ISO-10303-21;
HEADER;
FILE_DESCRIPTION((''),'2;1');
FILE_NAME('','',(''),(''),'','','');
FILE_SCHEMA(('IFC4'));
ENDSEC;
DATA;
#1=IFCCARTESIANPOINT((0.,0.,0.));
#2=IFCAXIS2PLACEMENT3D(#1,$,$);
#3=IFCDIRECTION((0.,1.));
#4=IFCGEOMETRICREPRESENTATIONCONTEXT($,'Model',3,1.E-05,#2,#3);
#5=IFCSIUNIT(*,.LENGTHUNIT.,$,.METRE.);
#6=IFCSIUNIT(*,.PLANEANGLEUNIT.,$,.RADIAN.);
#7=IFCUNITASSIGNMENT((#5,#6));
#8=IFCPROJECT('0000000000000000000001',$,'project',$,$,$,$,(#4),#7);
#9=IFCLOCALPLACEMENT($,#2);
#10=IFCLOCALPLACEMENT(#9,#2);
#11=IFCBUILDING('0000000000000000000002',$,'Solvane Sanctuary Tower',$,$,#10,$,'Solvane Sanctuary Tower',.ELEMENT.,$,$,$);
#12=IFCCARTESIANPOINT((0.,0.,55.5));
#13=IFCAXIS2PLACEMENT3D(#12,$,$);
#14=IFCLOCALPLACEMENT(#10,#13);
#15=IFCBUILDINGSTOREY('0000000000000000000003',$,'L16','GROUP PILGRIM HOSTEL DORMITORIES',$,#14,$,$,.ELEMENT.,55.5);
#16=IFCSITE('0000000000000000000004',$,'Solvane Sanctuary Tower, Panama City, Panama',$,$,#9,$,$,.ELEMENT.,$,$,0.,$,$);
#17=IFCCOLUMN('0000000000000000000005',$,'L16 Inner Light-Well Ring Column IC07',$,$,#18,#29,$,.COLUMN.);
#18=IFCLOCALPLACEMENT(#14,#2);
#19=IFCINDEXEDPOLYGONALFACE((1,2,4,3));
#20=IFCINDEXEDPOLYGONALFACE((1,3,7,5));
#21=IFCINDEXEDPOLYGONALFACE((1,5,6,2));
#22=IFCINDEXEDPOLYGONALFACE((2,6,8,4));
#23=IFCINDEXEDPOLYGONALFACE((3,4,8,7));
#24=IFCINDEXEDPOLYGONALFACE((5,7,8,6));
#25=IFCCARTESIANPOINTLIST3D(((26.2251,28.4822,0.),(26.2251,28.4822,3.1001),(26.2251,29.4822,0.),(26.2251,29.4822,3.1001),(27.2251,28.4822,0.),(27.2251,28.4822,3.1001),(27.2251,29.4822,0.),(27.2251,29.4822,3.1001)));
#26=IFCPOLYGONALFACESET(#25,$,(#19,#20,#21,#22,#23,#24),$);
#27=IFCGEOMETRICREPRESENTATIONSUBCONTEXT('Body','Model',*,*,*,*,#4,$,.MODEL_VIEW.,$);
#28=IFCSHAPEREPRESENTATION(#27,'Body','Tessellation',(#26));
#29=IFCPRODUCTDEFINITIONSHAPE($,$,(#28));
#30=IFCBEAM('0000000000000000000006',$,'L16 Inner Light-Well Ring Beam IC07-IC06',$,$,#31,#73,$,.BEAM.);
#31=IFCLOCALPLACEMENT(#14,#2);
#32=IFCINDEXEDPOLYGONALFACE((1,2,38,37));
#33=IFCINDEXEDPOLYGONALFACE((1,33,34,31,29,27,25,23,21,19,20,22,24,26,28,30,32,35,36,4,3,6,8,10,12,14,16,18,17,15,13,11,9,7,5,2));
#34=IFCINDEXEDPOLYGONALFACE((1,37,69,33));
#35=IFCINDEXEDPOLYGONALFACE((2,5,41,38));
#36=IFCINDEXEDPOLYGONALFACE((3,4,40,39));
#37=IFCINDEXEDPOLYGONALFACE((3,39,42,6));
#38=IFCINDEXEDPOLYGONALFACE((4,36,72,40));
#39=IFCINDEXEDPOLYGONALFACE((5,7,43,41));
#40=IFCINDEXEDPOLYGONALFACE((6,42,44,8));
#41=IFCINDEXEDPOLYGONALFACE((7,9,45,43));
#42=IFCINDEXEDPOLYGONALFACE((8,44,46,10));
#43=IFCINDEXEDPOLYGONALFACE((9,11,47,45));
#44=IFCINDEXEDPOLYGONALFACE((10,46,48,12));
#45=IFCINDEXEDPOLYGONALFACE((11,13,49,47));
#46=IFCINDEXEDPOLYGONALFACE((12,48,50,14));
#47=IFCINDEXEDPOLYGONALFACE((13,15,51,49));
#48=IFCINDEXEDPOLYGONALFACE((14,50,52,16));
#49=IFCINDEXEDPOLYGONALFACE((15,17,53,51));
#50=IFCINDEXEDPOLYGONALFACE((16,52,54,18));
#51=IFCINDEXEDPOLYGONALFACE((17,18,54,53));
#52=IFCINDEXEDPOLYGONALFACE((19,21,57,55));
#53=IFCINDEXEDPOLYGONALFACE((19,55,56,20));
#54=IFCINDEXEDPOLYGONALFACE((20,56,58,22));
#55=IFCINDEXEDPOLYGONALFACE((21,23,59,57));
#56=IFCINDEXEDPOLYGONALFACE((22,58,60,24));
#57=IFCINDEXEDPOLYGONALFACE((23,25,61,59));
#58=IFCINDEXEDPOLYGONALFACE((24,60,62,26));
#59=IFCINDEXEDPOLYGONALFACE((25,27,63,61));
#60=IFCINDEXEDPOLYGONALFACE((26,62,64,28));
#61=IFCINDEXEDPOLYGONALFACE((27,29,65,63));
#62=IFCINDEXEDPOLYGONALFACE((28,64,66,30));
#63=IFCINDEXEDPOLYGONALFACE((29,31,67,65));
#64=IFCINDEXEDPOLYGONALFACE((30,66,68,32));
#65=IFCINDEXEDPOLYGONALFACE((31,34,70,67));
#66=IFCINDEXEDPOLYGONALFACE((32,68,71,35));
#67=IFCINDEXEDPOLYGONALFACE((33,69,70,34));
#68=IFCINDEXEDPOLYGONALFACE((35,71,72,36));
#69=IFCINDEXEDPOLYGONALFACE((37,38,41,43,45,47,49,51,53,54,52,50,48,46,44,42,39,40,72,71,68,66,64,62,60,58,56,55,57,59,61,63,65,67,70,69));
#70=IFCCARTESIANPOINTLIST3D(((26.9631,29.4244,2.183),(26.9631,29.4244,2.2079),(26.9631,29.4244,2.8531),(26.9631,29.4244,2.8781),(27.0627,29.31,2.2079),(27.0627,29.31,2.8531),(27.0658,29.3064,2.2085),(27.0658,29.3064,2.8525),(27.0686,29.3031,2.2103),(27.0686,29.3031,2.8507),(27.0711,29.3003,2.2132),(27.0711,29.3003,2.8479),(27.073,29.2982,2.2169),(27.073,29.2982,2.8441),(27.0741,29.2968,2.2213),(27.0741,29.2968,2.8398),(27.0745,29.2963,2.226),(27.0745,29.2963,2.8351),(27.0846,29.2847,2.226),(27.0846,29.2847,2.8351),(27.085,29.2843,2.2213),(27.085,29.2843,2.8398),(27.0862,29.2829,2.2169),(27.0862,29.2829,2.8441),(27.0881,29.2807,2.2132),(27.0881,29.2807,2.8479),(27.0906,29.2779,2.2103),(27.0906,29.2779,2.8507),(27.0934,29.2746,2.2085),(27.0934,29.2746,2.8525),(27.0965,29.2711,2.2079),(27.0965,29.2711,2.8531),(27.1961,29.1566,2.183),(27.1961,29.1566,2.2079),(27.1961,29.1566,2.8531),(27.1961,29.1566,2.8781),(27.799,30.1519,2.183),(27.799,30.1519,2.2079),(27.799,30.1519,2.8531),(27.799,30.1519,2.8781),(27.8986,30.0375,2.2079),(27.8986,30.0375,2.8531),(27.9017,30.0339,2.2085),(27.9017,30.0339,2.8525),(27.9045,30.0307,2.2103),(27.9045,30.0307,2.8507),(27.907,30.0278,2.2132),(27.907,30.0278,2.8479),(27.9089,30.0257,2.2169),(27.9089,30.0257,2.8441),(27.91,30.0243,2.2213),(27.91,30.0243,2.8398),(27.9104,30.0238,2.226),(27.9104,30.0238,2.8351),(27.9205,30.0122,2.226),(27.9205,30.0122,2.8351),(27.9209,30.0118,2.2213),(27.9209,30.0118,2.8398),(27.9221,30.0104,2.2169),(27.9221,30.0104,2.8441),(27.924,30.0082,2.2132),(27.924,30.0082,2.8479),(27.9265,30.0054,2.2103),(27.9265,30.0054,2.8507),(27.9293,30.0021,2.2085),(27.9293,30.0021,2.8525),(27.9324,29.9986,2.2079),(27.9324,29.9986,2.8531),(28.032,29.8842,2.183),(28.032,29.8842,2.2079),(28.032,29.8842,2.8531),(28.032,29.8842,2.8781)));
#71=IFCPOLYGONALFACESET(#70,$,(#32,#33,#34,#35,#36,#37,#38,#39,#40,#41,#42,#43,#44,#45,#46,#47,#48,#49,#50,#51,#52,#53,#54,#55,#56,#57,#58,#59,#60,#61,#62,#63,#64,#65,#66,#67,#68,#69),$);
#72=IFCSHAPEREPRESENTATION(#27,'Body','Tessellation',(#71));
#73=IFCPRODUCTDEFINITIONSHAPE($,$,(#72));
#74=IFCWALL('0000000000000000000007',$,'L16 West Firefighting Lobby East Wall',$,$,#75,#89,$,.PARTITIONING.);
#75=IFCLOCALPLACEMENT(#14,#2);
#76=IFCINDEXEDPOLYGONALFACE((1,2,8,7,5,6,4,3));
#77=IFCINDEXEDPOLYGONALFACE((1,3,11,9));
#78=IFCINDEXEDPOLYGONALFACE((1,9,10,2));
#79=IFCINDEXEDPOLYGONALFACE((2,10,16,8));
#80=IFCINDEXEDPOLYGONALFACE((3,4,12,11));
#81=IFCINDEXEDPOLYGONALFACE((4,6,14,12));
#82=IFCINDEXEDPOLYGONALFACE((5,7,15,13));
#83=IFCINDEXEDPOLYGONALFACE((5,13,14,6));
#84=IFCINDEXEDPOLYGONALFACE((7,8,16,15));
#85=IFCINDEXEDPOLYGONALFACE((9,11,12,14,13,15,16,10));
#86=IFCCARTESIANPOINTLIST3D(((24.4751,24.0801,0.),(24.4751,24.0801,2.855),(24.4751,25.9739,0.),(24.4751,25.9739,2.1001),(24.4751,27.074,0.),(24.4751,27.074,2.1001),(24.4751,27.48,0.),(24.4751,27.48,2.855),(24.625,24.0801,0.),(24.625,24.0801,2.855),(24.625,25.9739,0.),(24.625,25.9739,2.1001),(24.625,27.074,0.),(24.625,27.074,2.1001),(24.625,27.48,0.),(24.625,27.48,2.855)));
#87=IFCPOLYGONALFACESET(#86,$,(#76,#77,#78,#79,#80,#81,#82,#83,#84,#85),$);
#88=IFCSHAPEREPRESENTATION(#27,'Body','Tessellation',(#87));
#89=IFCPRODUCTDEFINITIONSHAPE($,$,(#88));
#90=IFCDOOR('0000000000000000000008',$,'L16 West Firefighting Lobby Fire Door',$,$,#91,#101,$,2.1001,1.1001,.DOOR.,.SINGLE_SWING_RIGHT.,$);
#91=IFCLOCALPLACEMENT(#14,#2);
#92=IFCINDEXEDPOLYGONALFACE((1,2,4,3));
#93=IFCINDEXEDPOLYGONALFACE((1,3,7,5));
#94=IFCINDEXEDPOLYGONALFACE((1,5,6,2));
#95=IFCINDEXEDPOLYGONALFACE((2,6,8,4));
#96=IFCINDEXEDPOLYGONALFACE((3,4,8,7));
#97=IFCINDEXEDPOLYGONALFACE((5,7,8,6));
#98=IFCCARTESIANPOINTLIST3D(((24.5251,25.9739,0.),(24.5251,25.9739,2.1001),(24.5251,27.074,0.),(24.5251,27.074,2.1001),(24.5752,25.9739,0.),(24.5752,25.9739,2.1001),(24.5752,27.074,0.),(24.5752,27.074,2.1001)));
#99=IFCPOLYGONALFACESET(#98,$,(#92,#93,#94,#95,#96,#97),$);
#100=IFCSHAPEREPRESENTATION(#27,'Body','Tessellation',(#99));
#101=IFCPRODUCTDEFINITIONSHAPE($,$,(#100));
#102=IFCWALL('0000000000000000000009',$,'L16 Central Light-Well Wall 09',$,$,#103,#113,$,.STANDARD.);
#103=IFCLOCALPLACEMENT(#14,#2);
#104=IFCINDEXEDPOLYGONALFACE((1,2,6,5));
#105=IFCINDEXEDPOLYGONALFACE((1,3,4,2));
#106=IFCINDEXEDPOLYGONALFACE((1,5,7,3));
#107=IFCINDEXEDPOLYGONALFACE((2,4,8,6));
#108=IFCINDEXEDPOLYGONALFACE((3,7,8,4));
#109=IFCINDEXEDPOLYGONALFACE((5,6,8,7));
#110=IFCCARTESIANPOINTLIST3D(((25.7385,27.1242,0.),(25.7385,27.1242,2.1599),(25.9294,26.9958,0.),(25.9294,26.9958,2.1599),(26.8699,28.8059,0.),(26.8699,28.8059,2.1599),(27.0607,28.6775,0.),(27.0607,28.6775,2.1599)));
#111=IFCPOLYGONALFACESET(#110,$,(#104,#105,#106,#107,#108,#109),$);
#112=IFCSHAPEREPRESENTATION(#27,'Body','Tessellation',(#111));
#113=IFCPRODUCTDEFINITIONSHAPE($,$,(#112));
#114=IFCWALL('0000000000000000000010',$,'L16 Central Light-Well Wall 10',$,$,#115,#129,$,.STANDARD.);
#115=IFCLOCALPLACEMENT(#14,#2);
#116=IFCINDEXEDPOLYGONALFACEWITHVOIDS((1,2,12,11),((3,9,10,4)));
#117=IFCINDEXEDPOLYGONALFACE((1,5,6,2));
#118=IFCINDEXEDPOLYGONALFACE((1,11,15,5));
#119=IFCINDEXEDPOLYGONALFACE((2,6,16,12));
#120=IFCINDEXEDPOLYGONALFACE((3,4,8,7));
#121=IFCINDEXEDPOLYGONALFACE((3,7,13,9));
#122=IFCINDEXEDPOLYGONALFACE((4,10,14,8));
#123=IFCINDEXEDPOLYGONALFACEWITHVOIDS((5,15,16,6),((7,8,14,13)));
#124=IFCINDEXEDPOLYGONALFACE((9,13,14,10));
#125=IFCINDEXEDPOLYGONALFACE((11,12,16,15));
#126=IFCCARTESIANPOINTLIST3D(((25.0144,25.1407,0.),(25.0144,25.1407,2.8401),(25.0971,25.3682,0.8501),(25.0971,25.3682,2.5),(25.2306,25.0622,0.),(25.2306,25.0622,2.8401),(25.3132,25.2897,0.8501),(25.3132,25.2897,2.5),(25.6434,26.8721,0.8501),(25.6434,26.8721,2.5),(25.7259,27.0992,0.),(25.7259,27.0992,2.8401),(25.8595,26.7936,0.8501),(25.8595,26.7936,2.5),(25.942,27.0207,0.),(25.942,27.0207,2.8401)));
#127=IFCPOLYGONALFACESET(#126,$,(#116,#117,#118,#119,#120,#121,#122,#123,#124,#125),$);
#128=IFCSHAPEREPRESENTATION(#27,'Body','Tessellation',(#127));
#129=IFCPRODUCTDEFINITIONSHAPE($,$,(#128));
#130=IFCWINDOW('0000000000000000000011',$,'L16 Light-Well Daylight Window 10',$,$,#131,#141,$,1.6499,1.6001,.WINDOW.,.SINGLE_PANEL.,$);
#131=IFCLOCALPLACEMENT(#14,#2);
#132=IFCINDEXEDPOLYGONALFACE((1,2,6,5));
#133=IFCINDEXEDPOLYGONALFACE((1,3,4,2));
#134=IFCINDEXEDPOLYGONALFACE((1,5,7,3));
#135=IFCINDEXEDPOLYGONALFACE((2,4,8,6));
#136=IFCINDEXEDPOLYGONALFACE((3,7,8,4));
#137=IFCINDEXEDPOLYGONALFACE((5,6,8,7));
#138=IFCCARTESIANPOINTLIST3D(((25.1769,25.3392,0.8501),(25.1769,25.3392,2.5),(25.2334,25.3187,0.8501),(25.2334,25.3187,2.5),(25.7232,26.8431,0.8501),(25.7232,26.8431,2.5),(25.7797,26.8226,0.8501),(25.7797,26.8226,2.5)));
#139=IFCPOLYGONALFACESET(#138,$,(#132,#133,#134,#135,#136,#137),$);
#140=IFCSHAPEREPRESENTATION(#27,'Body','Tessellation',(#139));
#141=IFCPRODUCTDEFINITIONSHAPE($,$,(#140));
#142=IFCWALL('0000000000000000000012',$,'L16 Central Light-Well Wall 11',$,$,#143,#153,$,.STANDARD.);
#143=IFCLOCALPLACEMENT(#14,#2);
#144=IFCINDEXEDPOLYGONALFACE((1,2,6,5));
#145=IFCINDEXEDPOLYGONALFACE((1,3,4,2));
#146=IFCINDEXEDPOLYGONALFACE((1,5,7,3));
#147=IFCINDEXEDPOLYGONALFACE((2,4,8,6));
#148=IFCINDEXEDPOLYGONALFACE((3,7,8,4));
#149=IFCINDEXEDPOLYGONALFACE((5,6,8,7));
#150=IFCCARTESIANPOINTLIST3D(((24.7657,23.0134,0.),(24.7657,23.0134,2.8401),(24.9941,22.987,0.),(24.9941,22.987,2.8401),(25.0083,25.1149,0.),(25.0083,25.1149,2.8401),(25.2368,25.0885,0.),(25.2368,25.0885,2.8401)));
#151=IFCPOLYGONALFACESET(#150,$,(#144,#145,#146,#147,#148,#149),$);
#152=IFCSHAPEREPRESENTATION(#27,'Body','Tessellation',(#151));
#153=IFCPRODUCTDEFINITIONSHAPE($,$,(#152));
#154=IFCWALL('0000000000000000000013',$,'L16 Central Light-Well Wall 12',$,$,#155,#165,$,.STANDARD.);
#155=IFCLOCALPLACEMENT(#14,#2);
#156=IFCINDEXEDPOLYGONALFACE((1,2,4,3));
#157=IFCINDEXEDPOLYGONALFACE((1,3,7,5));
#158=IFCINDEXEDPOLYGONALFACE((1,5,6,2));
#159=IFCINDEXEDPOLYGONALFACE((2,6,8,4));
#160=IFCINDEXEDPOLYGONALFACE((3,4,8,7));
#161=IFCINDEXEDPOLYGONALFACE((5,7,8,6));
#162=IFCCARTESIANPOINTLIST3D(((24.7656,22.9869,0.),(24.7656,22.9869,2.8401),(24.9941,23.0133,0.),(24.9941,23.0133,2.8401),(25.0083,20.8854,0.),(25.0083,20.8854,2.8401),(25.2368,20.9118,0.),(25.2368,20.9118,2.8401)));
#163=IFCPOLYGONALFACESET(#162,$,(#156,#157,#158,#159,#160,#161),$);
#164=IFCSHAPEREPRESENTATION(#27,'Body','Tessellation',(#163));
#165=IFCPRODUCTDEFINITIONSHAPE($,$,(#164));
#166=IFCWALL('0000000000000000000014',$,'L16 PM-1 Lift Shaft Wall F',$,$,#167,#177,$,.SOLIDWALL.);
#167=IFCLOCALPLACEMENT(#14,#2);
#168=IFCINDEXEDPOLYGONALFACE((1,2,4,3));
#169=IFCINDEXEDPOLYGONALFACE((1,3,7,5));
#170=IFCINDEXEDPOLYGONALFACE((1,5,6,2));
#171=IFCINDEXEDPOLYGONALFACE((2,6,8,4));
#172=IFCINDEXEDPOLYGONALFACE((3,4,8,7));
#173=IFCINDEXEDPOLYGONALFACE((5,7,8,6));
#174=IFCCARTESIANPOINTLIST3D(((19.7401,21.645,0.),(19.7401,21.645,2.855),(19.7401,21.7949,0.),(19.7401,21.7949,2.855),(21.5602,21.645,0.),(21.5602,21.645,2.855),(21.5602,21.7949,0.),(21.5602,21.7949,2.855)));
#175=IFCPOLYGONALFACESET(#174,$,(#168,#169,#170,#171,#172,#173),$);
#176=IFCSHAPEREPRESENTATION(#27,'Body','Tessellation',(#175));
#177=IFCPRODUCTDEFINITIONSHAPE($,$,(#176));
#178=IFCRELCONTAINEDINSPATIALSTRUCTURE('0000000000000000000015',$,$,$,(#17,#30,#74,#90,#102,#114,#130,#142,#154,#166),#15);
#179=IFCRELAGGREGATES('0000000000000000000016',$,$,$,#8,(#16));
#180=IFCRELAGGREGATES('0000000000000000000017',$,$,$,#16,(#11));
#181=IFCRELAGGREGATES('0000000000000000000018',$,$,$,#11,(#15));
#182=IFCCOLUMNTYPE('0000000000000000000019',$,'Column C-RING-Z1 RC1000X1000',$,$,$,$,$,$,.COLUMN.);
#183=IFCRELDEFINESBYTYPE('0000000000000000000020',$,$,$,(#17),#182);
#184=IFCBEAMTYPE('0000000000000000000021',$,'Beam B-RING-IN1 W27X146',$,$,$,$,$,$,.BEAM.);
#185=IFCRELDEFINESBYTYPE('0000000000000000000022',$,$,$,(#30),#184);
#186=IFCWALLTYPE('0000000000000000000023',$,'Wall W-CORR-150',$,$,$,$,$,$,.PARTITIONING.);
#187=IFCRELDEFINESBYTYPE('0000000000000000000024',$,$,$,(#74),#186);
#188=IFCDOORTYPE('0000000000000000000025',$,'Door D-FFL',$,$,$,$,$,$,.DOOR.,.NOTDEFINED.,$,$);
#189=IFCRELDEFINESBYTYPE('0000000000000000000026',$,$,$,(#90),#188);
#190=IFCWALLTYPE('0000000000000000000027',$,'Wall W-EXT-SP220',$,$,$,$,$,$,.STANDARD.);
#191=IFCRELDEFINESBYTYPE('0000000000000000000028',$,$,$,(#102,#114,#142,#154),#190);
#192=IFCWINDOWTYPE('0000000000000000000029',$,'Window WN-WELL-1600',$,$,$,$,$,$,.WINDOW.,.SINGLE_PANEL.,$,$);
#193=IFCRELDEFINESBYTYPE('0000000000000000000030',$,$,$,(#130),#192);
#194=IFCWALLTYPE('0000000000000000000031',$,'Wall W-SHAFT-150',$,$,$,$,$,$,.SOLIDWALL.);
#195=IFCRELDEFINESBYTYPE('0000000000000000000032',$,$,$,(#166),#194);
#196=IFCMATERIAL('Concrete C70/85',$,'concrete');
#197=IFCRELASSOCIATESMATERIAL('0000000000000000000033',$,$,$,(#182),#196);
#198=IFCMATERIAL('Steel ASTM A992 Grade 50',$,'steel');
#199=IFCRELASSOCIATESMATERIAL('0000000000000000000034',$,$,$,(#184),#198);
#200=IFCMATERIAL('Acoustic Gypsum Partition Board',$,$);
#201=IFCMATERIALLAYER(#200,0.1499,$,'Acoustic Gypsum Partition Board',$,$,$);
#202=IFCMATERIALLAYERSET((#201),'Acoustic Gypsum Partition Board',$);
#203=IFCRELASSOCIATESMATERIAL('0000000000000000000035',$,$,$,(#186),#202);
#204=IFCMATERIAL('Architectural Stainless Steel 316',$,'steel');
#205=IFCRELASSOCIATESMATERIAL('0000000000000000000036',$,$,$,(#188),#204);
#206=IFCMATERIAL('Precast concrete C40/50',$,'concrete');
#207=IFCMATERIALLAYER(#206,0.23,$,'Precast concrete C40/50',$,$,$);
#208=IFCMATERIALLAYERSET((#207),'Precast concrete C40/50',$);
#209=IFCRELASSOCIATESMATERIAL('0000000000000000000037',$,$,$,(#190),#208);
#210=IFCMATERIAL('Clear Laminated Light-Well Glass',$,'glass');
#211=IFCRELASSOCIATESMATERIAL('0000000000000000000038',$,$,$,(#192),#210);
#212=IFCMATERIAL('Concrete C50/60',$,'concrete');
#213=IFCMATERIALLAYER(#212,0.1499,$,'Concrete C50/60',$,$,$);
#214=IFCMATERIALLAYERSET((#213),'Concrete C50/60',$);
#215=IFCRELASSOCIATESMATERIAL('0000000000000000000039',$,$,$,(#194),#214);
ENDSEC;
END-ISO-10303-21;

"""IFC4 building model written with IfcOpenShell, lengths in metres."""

from ifc_helpers import new_model, si_unit, direction, frame, frame_2d, origin, origin_2d, place, context, subcontext, project, spatial, rectangle, i_section, extrude, material, layer, layer_set, material_profile, profile_set, type_object, element, fill, save


model = new_model("IFC4")

# Units and contexts
model_context = context("Model", 3, precision=1e-05, world=origin(), true_north=direction((0.0, 1.0)))
body_context = subcontext(model_context, "Body", "Model", "MODEL_VIEW")
ifc_project = project(units=[si_unit("LENGTHUNIT", "METRE"), si_unit("PLANEANGLEUNIT", "RADIAN")], contexts=[model_context])

# Site, building, storey
site_placement = place(None, origin())
site = spatial("IfcSite", under=ifc_project, at=site_placement, Name="Solvane Sanctuary Tower, Panama City, Panama", CompositionType="ELEMENT", RefElevation=0.0)
building_placement = place(site_placement, origin())
building = spatial("IfcBuilding", under=site, at=building_placement, Name="Solvane Sanctuary Tower", LongName="Solvane Sanctuary Tower", CompositionType="ELEMENT")
storey_placement = place(building_placement, frame((0.0, 0.0, 55.5)))
storey = spatial("IfcBuildingStorey", under=building, at=storey_placement, Name="L16", Description="GROUP PILGRIM HOSTEL DORMITORIES", CompositionType="ELEMENT", Elevation=55.5)

# Column
ifc_material_1 = material(Name="Concrete C70/85", Category="concrete")
ifc_material_profile_1 = material_profile(ifc_material_1, rectangle(XDim=1.0, YDim=1.0, at=origin_2d()), Name="RC1000X1000")
ifc_profile_set_1 = profile_set([ifc_material_profile_1], Name="Concrete C70/85")
column_type = type_object("IfcColumnType", Name="Column C-RING-Z1 RC1000X1000", PredefinedType="COLUMN", material=ifc_profile_set_1)
column_placement = place(storey_placement, frame((26.7251, 28.9822, 0.0), z_axis=(0.0, 0.0, 1.0), x_axis=(1.0, 0.0, 0.0)))
element("IfcColumn", 1, at=column_placement, inside=storey, type_object=column_type, Name="L16 Inner Light-Well Ring Column IC07", PredefinedType="COLUMN", context=body_context, shape_type="SweptSolid", body=[
    extrude(rectangle(XDim=1.0, YDim=1.0, at=origin_2d()), origin(), (0.0, 0.0, 1.0), 3.1001),
])

# Beam
ifc_material_2 = material(Name="Steel ASTM A992 Grade 50", Category="steel")
ifc_material_profile_2 = material_profile(ifc_material_2, i_section(OverallWidth=0.355, OverallDepth=0.6951, WebThickness=0.0154, FlangeThickness=0.0249, FilletRadius=0.0181, at=origin_2d()), Name="W27X146")
ifc_profile_set_2 = profile_set([ifc_material_profile_2], Name="Steel ASTM A992 Grade 50")
beam_type = type_object("IfcBeamType", Name="Beam B-RING-IN1 W27X146", PredefinedType="BEAM", material=ifc_profile_set_2)
beam_placement = place(storey_placement, frame((27.0796, 29.2905, 2.5305), z_axis=(0.754321, 0.656506, 0.0), x_axis=(-0.656506, 0.754321, 0.0)))
element("IfcBeam", 2, at=beam_placement, inside=storey, type_object=beam_type, Name="L16 Inner Light-Well Ring Beam IC07-IC06", PredefinedType="BEAM", context=body_context, shape_type="SweptSolid", body=[
    extrude(i_section(OverallWidth=0.355, OverallDepth=0.6951, WebThickness=0.0154, FlangeThickness=0.0249, FilletRadius=0.0181, at=origin_2d()), origin(), (0.0, 0.0, 1.0), 1.1082),
])

# Wall, opening, door
ifc_material_3 = material(Name="Acoustic Gypsum Partition Board")
ifc_layer_1 = layer(ifc_material_3, 0.1499, Name="Acoustic Gypsum Partition Board")
ifc_layer_set_1 = layer_set([ifc_layer_1], Name="Acoustic Gypsum Partition Board")
wall_type_1 = type_object("IfcWallType", Name="Wall W-CORR-150", PredefinedType="PARTITIONING", material=ifc_layer_set_1)
wall_1_placement = place(storey_placement, frame((24.55, 24.0801, 0.0), z_axis=(0.0, 0.0, 1.0), x_axis=(0.0, 1.0, 0.0)))
wall_1 = element("IfcWall", 3, at=wall_1_placement, inside=storey, type_object=wall_type_1, Name="L16 West Firefighting Lobby East Wall", PredefinedType="PARTITIONING", context=body_context, shape_type="SweptSolid", body=[
    extrude(rectangle(XDim=3.3999, YDim=0.1499, at=frame_2d((1.7, 0.0))), origin(), (0.0, 0.0, 1.0), 2.855),
])
opening_1_placement = place(wall_1_placement, frame((1.8938, 0.0, 0.0)))
opening_1 = element("IfcOpeningElement", 4, at=opening_1_placement, cuts=wall_1, PredefinedType="OPENING", context=body_context, shape_type="SweptSolid", body=[
    extrude(rectangle(XDim=1.1001, YDim=2.1001, at=frame_2d((0.55, 1.05))), frame((0.0, 0.085, 0.0), z_axis=(0.0, -1.0, 0.0), x_axis=(1.0, 0.0, 0.0)), (0.0, 0.0, 1.0), 0.1699),
])
ifc_material_4 = material(Name="Architectural Stainless Steel 316", Category="steel")
door_type_1 = type_object("IfcDoorType", Name="Door D-FFL", OperationType="NOTDEFINED", PredefinedType="DOOR", material=ifc_material_4)
door_1_placement = place(opening_1_placement, origin())
door_1 = element("IfcDoor", 5, at=door_1_placement, inside=storey, type_object=door_type_1, Name="L16 West Firefighting Lobby Fire Door", OperationType="SINGLE_SWING_RIGHT", OverallHeight=2.1001, OverallWidth=1.1001, PredefinedType="DOOR", context=body_context, shape_type="SweptSolid", body=[
    extrude(rectangle(XDim=1.1001, YDim=2.1001, at=frame_2d((0.55, 1.05))), frame((0.0, 0.0249, 0.0), z_axis=(0.0, -1.0, 0.0), x_axis=(1.0, 0.0, 0.0)), (0.0, 0.0, 1.0), 0.05),
])
fill(opening_1, door_1)

# Wall
ifc_material_5 = material(Name="Precast concrete C40/50", Category="concrete")
ifc_layer_2 = layer(ifc_material_5, 0.23, Name="Precast concrete C40/50")
ifc_layer_set_2 = layer_set([ifc_layer_2], Name="Precast concrete C40/50")
wall_type_2 = type_object("IfcWallType", Name="Wall W-EXT-SP220", PredefinedType="STANDARD", material=ifc_layer_set_2)
wall_2_placement = place(storey_placement, frame((26.9653, 28.7417, 0.0), z_axis=(0.0, 0.0, 1.0), x_axis=(-0.558198, -0.829708, 0.0)))
element("IfcWall", 6, at=wall_2_placement, inside=storey, type_object=wall_type_2, Name="L16 Central Light-Well Wall 09", PredefinedType="STANDARD", context=body_context, shape_type="SweptSolid", body=[
    extrude(rectangle(XDim=2.0269, YDim=0.23, at=frame_2d((1.0134, 0.0))), origin(), (0.0, 0.0, 1.0), 2.1599),
])

# Wall, opening, window
wall_3_placement = place(storey_placement, frame((25.834, 27.0601, 0.0), z_axis=(0.0, 0.0, 1.0), x_axis=(-0.341423, -0.93991, 0.0)))
wall_3 = element("IfcWall", 7, at=wall_3_placement, inside=storey, type_object=wall_type_2, Name="L16 Central Light-Well Wall 10", PredefinedType="STANDARD", context=body_context, shape_type="SweptSolid", body=[
    extrude(rectangle(XDim=2.0837, YDim=0.23, at=frame_2d((1.042, 0.0))), origin(), (0.0, 0.0, 1.0), 2.8401),
])
opening_2_placement = place(wall_3_placement, frame((0.2417, 0.0, 0.8501)))
opening_2 = element("IfcOpeningElement", 8, at=opening_2_placement, cuts=wall_3, PredefinedType="OPENING", context=body_context, shape_type="SweptSolid", body=[
    extrude(rectangle(XDim=1.6001, YDim=1.6499, at=frame_2d((0.8, 0.825))), frame((0.0, 0.125, 0.0), z_axis=(0.0, -1.0, 0.0), x_axis=(1.0, 0.0, 0.0)), (0.0, 0.0, 1.0), 0.25),
])
ifc_material_6 = material(Name="Clear Laminated Light-Well Glass", Category="glass")
window_type = type_object("IfcWindowType", Name="Window WN-WELL-1600", PartitioningType="SINGLE_PANEL", PredefinedType="WINDOW", material=ifc_material_6)
window_placement = place(opening_2_placement, origin())
window = element("IfcWindow", 9, at=window_placement, inside=storey, type_object=window_type, Name="L16 Light-Well Daylight Window 10", OverallHeight=1.6499, OverallWidth=1.6001, PartitioningType="SINGLE_PANEL", PredefinedType="WINDOW", context=body_context, shape_type="SweptSolid", body=[
    extrude(rectangle(XDim=1.6001, YDim=1.6499, at=frame_2d((0.8, 0.825))), frame((0.0, 0.03, 0.0), z_axis=(0.0, -1.0, 0.0), x_axis=(1.0, 0.0, 0.0)), (0.0, 0.0, 1.0), 0.0601),
])
fill(opening_2, window)

# Walls
for number, where, z_axis, x_axis, name in (
    (10, (25.1226, 25.1016, 0.0), (0.0, 0.0, 1.0), (-0.114712, -0.993399, 0.0), "L16 Central Light-Well Wall 11"),
    (11, (24.8799, 23.0, 0.0), (0.0, 0.0, 1.0), (0.114712, -0.993399, 0.0), "L16 Central Light-Well Wall 12"),
):
    element("IfcWall", number, at=place(storey_placement, frame(where, z_axis=z_axis, x_axis=x_axis)), inside=storey, type_object=wall_type_2, Name=name, PredefinedType="STANDARD", context=body_context, shape_type="SweptSolid", body=[
        extrude(rectangle(XDim=2.1155, YDim=0.23, at=frame_2d((1.0576, 0.0))), origin(), (0.0, 0.0, 1.0), 2.8401),
    ])
ifc_material_7 = material(Name="Concrete C50/60", Category="concrete")
ifc_layer_3 = layer(ifc_material_7, 0.1499, Name="Concrete C50/60")
ifc_layer_set_3 = layer_set([ifc_layer_3], Name="Concrete C50/60")
wall_type_3 = type_object("IfcWallType", Name="Wall W-SHAFT-150", PredefinedType="SOLIDWALL", material=ifc_layer_set_3)
for number, where, z_axis, x_axis, name in (
    (12, (19.74, 21.72, 0.0), (0.0, 0.0, 1.0), (1.0, 0.0, 0.0), "L16 PM-1 Lift Shaft Wall F"),
):
    element("IfcWall", number, at=place(storey_placement, frame(where, z_axis=z_axis, x_axis=x_axis)), inside=storey, type_object=wall_type_3, Name=name, PredefinedType="SOLIDWALL", context=body_context, shape_type="SweptSolid", body=[
        extrude(rectangle(XDim=1.8201, YDim=0.1499, at=frame_2d((0.9102, 0.0))), origin(), (0.0, 0.0, 1.0), 2.855),
    ])

save(model, "model.ifc")
